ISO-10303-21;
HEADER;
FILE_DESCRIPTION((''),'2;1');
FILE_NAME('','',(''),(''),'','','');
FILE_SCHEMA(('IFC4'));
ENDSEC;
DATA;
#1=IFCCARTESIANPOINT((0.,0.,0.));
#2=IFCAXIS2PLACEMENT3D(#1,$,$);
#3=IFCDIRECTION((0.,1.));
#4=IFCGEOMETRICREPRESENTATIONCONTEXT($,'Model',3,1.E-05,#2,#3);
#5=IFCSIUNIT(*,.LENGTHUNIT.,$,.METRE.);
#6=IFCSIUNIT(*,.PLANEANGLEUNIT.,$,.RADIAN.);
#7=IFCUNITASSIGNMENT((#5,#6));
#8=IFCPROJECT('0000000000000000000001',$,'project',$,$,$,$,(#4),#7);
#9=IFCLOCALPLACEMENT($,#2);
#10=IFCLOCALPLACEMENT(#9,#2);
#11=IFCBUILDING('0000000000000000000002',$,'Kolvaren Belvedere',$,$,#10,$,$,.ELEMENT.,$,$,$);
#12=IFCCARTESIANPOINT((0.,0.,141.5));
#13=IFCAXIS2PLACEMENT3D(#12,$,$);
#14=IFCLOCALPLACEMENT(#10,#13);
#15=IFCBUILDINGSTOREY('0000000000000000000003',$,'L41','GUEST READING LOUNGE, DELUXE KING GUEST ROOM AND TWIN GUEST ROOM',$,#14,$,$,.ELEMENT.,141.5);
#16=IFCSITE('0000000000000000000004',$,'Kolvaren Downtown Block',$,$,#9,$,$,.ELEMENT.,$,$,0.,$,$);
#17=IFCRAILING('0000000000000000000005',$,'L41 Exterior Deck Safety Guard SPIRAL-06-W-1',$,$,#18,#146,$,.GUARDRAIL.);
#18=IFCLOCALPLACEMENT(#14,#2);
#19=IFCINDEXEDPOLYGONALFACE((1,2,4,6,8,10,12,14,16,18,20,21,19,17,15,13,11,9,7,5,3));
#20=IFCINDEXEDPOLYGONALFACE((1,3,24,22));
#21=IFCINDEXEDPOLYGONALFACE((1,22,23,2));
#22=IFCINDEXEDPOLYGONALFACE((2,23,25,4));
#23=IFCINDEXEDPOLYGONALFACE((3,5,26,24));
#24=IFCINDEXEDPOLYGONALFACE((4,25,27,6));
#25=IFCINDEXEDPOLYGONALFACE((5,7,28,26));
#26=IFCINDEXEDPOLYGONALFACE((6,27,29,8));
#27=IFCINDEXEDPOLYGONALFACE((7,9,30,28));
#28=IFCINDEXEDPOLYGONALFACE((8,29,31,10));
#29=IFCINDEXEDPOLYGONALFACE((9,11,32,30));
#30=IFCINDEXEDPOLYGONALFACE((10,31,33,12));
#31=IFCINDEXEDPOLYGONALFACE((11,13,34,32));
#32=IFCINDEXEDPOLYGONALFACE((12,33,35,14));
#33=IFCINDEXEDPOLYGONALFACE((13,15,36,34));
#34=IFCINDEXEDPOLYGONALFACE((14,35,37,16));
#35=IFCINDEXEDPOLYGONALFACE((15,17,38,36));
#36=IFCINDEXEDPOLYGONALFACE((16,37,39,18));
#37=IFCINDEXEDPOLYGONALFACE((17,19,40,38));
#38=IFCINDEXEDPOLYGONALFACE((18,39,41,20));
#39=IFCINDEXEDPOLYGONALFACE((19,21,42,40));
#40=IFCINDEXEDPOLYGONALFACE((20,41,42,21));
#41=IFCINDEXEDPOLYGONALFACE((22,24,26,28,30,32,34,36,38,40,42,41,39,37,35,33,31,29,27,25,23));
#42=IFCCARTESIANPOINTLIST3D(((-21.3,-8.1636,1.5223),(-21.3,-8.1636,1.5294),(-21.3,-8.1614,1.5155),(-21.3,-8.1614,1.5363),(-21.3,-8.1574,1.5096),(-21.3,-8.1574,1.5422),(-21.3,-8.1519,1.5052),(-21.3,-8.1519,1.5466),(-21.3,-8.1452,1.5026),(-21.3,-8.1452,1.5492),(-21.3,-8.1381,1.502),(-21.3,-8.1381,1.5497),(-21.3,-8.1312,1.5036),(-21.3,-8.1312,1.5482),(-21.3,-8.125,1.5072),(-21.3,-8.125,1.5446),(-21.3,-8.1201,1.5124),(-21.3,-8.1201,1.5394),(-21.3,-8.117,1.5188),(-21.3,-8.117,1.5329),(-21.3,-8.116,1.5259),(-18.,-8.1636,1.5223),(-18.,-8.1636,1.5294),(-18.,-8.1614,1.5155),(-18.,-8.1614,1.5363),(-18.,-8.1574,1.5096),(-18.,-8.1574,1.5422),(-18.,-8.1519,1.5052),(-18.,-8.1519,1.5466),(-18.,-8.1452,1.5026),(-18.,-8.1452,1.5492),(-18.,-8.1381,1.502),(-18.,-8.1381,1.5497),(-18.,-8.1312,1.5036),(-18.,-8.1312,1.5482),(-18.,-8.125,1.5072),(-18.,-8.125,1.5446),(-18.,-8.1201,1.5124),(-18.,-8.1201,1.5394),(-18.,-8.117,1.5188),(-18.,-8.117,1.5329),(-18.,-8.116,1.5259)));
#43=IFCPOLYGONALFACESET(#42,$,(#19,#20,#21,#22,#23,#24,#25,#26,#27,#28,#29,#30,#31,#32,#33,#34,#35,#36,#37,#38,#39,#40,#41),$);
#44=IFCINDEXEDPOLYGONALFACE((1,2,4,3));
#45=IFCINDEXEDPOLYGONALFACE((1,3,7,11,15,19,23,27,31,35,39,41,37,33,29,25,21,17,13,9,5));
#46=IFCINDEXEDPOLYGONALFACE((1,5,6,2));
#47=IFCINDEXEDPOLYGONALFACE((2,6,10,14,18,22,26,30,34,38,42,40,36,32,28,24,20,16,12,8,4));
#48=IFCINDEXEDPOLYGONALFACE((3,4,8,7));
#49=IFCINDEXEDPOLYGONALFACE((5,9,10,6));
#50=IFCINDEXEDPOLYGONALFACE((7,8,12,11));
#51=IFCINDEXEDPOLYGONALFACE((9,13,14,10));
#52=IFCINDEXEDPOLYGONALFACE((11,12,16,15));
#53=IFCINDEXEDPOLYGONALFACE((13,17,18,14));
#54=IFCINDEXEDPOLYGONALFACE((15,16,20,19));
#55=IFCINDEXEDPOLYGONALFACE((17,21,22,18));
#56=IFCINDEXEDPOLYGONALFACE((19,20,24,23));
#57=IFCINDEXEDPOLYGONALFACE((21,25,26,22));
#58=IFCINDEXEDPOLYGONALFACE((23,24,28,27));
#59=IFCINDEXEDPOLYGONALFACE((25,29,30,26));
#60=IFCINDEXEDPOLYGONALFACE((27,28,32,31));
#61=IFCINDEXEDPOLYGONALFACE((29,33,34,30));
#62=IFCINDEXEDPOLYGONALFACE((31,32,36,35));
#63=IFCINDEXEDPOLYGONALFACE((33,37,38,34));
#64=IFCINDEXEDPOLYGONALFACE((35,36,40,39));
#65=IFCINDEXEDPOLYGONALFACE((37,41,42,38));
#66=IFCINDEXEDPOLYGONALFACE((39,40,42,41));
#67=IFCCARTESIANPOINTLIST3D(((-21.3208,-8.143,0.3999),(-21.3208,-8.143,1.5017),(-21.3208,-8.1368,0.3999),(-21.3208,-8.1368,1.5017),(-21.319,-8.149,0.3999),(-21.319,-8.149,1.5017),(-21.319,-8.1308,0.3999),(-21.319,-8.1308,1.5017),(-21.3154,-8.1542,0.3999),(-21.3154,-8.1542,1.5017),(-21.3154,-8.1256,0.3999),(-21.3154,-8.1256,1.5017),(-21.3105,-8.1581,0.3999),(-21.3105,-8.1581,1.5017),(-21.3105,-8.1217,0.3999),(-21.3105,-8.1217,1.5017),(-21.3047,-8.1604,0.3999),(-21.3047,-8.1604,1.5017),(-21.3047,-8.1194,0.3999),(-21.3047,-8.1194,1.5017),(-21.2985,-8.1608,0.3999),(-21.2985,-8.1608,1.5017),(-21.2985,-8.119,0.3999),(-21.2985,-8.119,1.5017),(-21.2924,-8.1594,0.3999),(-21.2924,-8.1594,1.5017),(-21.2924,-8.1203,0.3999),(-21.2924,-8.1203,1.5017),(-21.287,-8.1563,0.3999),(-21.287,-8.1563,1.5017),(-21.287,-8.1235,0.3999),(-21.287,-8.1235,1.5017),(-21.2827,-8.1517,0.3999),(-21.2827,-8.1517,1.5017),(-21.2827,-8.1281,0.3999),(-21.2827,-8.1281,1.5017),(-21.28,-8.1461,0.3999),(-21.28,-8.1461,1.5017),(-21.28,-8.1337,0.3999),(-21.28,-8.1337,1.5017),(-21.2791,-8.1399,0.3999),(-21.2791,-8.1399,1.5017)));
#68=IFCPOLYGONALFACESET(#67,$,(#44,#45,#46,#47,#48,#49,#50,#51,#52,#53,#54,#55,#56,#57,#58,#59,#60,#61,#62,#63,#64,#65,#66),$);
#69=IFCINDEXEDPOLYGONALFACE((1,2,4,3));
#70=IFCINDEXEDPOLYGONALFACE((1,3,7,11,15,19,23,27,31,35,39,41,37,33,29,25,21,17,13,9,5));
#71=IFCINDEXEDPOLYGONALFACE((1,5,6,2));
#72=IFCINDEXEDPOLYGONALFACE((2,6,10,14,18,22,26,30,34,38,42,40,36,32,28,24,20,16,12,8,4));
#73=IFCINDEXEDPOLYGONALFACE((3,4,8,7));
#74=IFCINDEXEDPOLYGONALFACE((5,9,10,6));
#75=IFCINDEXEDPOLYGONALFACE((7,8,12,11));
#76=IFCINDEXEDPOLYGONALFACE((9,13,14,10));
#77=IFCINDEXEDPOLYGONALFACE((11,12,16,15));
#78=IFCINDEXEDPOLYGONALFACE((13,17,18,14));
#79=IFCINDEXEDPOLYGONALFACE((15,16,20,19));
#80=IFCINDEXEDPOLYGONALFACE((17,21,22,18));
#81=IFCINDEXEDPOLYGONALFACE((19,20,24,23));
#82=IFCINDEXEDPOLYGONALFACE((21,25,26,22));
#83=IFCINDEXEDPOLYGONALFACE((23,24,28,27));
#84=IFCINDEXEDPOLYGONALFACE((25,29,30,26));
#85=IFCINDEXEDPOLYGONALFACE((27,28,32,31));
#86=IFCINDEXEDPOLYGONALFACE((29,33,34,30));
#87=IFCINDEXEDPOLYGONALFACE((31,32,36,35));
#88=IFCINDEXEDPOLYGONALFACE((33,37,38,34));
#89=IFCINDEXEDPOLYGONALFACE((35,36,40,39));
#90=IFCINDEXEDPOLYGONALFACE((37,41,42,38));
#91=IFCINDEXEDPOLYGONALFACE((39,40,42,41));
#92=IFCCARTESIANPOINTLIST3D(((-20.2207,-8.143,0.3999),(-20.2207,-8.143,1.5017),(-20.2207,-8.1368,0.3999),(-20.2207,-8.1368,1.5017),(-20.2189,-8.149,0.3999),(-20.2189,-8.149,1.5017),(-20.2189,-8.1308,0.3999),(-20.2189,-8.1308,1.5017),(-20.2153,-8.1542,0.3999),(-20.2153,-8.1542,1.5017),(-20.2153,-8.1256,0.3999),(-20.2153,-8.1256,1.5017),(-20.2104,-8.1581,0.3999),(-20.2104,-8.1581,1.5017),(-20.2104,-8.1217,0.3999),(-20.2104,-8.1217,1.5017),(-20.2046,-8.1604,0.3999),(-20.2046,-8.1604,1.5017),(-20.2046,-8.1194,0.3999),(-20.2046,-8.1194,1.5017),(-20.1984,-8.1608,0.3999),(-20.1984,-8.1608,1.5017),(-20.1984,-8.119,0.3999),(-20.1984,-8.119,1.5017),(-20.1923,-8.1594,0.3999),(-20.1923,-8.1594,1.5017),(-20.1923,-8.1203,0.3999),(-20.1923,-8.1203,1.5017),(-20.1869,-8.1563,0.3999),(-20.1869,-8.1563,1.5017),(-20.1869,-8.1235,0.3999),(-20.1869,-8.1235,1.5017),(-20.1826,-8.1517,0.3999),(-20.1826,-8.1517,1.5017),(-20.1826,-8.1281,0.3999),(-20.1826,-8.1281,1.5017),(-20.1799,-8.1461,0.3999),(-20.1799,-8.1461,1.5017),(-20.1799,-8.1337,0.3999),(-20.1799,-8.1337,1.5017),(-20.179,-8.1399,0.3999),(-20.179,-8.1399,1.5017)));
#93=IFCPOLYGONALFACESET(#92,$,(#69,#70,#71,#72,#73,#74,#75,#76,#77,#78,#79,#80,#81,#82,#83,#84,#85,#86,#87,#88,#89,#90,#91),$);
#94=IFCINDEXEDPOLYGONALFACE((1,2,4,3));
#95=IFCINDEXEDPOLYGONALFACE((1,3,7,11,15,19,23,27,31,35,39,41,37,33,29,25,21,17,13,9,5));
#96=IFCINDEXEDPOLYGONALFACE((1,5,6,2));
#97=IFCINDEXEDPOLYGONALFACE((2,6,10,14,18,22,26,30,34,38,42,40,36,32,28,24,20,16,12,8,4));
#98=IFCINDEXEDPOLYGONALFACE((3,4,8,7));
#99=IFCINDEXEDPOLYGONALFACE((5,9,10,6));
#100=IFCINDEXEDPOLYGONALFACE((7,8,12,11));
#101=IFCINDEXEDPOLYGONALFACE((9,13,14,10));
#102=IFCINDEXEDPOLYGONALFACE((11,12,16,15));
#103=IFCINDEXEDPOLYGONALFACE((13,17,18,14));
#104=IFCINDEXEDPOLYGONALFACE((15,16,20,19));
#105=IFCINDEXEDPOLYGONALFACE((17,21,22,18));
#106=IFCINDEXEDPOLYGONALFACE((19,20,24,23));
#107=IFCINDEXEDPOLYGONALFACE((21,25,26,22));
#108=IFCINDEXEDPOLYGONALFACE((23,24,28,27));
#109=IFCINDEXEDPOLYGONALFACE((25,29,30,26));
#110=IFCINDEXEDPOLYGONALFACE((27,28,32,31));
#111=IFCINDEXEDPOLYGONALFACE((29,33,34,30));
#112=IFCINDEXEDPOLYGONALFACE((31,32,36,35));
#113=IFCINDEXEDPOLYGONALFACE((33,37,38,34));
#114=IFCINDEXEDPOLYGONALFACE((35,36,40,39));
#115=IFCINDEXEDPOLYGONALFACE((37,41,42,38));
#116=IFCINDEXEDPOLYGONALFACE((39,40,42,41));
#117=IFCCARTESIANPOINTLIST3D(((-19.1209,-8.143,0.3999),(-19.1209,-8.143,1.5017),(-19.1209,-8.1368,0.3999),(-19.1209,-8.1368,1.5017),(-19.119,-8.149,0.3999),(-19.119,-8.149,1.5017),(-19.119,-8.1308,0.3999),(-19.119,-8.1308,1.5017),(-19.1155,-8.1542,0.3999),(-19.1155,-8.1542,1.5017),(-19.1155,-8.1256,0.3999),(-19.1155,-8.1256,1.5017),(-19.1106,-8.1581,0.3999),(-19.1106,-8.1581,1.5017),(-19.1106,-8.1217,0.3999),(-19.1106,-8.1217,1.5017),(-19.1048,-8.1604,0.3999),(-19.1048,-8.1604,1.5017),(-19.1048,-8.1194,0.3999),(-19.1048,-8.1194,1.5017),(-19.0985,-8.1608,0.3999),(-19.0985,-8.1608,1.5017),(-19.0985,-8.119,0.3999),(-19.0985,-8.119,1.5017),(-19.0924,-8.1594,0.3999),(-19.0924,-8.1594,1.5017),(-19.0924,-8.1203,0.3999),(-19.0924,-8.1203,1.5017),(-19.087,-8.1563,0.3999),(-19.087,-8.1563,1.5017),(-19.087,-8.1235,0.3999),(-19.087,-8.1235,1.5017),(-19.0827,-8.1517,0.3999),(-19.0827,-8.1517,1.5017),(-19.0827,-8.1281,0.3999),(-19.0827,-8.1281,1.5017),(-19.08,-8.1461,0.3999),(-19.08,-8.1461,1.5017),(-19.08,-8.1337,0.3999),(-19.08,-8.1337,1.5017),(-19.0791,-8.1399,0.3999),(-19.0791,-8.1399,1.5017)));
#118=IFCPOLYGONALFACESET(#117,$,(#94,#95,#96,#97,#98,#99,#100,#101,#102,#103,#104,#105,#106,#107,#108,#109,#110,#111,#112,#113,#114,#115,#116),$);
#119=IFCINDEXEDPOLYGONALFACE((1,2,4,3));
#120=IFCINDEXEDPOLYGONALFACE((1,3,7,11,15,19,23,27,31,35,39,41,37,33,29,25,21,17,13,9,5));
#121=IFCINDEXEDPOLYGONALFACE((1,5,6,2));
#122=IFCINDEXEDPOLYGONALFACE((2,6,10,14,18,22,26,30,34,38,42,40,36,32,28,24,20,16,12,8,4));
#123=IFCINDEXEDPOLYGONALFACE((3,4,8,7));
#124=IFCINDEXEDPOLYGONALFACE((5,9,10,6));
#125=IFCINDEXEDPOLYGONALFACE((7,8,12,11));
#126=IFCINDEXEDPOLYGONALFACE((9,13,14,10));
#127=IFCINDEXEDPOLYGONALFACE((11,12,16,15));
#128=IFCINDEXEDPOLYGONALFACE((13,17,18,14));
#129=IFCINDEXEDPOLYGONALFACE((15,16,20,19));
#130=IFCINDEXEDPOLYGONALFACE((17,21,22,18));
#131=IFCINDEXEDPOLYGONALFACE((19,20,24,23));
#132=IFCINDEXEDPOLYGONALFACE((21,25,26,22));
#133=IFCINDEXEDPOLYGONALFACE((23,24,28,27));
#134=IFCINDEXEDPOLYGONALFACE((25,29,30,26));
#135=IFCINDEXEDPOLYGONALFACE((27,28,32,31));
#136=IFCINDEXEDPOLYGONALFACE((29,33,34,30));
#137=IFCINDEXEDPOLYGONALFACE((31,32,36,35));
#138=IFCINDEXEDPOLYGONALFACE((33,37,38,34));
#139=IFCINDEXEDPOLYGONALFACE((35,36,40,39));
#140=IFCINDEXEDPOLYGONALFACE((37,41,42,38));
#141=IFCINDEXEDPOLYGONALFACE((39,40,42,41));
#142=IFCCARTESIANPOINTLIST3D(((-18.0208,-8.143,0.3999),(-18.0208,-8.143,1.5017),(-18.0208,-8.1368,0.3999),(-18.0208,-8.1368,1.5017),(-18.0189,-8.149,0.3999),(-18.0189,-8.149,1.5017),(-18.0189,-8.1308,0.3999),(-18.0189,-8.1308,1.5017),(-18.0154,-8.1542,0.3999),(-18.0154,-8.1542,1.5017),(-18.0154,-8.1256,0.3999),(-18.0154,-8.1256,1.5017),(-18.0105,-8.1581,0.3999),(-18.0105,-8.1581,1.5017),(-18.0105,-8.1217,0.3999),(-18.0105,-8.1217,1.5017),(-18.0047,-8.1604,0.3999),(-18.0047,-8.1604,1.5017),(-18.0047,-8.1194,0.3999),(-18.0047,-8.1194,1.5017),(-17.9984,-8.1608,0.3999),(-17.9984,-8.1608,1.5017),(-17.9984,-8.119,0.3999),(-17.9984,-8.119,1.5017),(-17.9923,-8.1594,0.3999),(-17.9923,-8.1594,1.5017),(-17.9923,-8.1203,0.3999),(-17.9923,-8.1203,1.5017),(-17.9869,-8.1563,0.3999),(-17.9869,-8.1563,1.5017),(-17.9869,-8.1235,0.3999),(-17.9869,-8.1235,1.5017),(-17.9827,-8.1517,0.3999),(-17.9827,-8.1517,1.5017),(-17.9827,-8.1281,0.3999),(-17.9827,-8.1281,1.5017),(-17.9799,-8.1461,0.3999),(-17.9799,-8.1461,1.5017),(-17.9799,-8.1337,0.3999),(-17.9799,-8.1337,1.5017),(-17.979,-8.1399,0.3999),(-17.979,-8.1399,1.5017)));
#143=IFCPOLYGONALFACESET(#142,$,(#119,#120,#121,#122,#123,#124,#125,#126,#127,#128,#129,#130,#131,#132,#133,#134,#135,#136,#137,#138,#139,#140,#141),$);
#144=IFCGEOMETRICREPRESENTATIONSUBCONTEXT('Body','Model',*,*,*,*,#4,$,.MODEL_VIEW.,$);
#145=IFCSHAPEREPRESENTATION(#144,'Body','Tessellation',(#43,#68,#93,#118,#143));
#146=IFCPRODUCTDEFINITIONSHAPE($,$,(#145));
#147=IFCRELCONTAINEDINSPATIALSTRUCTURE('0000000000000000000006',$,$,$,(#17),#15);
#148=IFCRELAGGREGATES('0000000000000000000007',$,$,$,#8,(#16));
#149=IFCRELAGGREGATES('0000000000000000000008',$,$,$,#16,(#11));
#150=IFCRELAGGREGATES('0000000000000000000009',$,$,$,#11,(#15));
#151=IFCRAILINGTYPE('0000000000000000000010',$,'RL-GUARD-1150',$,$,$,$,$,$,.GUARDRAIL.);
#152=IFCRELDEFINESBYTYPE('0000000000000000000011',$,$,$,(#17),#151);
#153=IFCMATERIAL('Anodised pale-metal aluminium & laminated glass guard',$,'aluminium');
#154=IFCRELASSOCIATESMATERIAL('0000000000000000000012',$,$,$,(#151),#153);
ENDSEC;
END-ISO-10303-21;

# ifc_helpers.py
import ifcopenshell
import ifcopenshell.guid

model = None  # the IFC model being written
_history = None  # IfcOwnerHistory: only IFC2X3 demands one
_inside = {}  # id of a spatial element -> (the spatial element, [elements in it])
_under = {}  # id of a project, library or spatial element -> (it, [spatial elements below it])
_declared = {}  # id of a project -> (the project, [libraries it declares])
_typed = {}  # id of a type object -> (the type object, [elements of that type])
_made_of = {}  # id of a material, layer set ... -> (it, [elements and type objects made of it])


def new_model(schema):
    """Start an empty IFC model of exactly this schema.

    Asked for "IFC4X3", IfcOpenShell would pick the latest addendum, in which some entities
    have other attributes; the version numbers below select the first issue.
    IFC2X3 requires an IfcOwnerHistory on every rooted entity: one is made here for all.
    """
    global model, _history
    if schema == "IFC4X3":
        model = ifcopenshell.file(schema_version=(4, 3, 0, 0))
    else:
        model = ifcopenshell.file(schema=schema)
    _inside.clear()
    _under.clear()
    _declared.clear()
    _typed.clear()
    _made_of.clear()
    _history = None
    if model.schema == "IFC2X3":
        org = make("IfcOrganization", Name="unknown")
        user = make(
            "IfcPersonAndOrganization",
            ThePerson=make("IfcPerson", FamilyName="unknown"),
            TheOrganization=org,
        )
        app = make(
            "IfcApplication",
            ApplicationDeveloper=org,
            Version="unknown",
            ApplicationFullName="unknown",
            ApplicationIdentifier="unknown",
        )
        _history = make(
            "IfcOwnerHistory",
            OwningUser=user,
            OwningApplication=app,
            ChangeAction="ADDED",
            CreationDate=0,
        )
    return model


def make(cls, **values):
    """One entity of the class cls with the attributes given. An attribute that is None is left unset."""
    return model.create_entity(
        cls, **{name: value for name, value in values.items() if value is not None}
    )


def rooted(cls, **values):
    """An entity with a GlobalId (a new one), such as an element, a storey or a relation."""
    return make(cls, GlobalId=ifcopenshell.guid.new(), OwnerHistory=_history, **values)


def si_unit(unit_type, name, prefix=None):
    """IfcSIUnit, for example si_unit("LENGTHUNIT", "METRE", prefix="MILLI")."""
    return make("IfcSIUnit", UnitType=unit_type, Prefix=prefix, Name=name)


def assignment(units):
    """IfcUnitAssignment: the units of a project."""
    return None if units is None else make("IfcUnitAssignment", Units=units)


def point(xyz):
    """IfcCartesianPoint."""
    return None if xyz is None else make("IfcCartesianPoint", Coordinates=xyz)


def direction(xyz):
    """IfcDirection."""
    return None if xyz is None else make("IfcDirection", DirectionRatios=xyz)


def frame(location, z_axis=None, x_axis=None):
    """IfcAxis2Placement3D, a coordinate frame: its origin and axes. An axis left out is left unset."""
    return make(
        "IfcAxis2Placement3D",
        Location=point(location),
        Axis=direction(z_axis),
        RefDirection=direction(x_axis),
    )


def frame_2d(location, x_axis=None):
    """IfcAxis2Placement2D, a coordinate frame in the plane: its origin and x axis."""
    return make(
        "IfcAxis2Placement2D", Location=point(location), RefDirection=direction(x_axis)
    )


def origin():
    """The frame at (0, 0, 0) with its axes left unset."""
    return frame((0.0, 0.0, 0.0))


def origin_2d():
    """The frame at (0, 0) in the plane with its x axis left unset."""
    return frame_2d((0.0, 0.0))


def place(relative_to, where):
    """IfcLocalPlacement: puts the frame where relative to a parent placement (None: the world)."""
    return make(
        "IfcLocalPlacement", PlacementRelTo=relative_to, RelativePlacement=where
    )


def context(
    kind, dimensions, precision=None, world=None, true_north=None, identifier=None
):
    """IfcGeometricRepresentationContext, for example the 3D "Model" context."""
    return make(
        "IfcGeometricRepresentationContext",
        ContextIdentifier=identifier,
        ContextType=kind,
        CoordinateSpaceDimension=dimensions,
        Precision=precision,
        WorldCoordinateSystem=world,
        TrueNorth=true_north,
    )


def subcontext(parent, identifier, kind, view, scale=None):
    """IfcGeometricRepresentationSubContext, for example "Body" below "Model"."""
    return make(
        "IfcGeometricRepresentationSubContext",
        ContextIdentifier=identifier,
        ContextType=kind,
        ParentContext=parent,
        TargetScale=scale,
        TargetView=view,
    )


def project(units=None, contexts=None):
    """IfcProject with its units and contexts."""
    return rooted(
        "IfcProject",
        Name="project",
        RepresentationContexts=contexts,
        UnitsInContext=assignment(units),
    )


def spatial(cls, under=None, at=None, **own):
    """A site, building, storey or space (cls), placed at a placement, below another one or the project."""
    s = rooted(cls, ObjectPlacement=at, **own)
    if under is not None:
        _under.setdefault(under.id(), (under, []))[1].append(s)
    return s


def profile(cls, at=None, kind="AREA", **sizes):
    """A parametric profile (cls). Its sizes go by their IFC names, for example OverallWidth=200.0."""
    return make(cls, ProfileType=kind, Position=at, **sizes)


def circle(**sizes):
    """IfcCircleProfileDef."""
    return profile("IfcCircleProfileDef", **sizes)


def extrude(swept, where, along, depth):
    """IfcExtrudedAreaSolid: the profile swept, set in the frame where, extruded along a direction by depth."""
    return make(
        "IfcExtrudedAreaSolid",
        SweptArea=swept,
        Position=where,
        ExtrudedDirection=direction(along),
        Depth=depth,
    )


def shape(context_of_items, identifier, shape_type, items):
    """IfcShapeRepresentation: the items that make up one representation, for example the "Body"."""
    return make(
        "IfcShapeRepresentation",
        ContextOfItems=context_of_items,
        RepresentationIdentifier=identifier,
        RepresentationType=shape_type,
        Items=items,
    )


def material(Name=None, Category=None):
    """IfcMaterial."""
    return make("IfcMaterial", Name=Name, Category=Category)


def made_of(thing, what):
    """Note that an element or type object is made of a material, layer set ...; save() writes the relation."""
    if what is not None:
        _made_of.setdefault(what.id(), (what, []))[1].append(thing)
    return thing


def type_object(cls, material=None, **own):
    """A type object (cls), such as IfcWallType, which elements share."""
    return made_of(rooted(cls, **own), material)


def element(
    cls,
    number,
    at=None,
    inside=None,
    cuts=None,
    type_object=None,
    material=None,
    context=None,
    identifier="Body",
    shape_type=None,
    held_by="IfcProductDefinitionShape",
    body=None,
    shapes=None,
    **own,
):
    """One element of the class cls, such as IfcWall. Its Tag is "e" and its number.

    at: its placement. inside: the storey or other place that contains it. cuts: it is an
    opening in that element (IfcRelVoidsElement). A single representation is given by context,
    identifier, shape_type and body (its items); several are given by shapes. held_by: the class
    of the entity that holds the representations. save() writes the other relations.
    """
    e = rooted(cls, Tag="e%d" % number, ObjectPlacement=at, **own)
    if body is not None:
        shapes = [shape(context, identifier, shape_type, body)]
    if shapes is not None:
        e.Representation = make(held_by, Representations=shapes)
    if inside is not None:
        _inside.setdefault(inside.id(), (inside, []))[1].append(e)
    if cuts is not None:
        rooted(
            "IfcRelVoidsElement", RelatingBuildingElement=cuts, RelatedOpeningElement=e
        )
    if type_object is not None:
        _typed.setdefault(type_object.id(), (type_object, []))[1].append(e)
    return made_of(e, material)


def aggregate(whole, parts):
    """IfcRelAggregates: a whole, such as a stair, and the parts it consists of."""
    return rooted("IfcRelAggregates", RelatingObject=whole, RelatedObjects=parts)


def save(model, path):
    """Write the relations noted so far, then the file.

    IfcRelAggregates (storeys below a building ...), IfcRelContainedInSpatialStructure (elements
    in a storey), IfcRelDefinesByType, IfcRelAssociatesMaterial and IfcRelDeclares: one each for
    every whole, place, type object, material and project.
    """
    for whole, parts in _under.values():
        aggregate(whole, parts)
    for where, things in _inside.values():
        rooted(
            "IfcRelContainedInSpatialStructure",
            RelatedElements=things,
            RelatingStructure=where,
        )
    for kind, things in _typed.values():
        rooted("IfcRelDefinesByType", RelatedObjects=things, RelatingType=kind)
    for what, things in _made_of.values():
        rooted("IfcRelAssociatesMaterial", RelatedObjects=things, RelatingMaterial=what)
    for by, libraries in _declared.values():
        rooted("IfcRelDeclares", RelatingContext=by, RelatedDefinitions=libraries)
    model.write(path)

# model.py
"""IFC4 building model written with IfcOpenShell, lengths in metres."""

from ifc_helpers import new_model, si_unit, direction, frame, origin, origin_2d, place, context, subcontext, project, spatial, circle, extrude, material, type_object, element, save


model = new_model("IFC4")

# Units and contexts
model_context = context("Model", 3, precision=1e-05, world=origin(), true_north=direction((0.0, 1.0)))
body_context = subcontext(model_context, "Body", "Model", "MODEL_VIEW")
ifc_project = project(units=[si_unit("LENGTHUNIT", "METRE"), si_unit("PLANEANGLEUNIT", "RADIAN")], contexts=[model_context])

# Site, building, storey
site_placement = place(None, origin())
site = spatial("IfcSite", under=ifc_project, at=site_placement, Name="Kolvaren Downtown Block", CompositionType="ELEMENT", RefElevation=0.0)
building_placement = place(site_placement, origin())
building = spatial("IfcBuilding", under=site, at=building_placement, Name="Kolvaren Belvedere", CompositionType="ELEMENT")
storey_placement = place(building_placement, frame((0.0, 0.0, 141.5)))
storey = spatial("IfcBuildingStorey", under=building, at=storey_placement, Name="L41", Description="GUEST READING LOUNGE, DELUXE KING GUEST ROOM AND TWIN GUEST ROOM", CompositionType="ELEMENT", Elevation=141.5)

# Railing
ifc_material_1 = material(Name="Anodised pale-metal aluminium & laminated glass guard", Category="aluminium")
railing_type = type_object("IfcRailingType", Name="RL-GUARD-1150", PredefinedType="GUARDRAIL", material=ifc_material_1)
railing_placement = place(storey_placement, frame((-21.3, -8.1399, 0.3999)))
element("IfcRailing", 1, at=railing_placement, inside=storey, type_object=railing_type, Name="L41 Exterior Deck Safety Guard SPIRAL-06-W-1", PredefinedType="GUARDRAIL", context=body_context, shape_type="SweptSolid", body=[
    extrude(circle(Radius=0.0239, at=origin_2d()), frame((0.0, 0.0, 1.126), z_axis=(1.0, 0.0, 0.0), x_axis=(0.0, 1.0, 0.0)), (0.0, 0.0, 1.0), 3.3),
    extrude(circle(Radius=0.021, at=origin_2d()), origin(), (0.0, 0.0, 1.0), 1.1018),
    extrude(circle(Radius=0.021, at=origin_2d()), frame((1.1001, 0.0, 0.0)), (0.0, 0.0, 1.0), 1.1018),
    extrude(circle(Radius=0.021, at=origin_2d()), frame((2.2, 0.0, 0.0)), (0.0, 0.0, 1.0), 1.1018),
    extrude(circle(Radius=0.021, at=origin_2d()), frame((3.3, 0.0, 0.0)), (0.0, 0.0, 1.0), 1.1018),
])

save(model, "model.ifc")
